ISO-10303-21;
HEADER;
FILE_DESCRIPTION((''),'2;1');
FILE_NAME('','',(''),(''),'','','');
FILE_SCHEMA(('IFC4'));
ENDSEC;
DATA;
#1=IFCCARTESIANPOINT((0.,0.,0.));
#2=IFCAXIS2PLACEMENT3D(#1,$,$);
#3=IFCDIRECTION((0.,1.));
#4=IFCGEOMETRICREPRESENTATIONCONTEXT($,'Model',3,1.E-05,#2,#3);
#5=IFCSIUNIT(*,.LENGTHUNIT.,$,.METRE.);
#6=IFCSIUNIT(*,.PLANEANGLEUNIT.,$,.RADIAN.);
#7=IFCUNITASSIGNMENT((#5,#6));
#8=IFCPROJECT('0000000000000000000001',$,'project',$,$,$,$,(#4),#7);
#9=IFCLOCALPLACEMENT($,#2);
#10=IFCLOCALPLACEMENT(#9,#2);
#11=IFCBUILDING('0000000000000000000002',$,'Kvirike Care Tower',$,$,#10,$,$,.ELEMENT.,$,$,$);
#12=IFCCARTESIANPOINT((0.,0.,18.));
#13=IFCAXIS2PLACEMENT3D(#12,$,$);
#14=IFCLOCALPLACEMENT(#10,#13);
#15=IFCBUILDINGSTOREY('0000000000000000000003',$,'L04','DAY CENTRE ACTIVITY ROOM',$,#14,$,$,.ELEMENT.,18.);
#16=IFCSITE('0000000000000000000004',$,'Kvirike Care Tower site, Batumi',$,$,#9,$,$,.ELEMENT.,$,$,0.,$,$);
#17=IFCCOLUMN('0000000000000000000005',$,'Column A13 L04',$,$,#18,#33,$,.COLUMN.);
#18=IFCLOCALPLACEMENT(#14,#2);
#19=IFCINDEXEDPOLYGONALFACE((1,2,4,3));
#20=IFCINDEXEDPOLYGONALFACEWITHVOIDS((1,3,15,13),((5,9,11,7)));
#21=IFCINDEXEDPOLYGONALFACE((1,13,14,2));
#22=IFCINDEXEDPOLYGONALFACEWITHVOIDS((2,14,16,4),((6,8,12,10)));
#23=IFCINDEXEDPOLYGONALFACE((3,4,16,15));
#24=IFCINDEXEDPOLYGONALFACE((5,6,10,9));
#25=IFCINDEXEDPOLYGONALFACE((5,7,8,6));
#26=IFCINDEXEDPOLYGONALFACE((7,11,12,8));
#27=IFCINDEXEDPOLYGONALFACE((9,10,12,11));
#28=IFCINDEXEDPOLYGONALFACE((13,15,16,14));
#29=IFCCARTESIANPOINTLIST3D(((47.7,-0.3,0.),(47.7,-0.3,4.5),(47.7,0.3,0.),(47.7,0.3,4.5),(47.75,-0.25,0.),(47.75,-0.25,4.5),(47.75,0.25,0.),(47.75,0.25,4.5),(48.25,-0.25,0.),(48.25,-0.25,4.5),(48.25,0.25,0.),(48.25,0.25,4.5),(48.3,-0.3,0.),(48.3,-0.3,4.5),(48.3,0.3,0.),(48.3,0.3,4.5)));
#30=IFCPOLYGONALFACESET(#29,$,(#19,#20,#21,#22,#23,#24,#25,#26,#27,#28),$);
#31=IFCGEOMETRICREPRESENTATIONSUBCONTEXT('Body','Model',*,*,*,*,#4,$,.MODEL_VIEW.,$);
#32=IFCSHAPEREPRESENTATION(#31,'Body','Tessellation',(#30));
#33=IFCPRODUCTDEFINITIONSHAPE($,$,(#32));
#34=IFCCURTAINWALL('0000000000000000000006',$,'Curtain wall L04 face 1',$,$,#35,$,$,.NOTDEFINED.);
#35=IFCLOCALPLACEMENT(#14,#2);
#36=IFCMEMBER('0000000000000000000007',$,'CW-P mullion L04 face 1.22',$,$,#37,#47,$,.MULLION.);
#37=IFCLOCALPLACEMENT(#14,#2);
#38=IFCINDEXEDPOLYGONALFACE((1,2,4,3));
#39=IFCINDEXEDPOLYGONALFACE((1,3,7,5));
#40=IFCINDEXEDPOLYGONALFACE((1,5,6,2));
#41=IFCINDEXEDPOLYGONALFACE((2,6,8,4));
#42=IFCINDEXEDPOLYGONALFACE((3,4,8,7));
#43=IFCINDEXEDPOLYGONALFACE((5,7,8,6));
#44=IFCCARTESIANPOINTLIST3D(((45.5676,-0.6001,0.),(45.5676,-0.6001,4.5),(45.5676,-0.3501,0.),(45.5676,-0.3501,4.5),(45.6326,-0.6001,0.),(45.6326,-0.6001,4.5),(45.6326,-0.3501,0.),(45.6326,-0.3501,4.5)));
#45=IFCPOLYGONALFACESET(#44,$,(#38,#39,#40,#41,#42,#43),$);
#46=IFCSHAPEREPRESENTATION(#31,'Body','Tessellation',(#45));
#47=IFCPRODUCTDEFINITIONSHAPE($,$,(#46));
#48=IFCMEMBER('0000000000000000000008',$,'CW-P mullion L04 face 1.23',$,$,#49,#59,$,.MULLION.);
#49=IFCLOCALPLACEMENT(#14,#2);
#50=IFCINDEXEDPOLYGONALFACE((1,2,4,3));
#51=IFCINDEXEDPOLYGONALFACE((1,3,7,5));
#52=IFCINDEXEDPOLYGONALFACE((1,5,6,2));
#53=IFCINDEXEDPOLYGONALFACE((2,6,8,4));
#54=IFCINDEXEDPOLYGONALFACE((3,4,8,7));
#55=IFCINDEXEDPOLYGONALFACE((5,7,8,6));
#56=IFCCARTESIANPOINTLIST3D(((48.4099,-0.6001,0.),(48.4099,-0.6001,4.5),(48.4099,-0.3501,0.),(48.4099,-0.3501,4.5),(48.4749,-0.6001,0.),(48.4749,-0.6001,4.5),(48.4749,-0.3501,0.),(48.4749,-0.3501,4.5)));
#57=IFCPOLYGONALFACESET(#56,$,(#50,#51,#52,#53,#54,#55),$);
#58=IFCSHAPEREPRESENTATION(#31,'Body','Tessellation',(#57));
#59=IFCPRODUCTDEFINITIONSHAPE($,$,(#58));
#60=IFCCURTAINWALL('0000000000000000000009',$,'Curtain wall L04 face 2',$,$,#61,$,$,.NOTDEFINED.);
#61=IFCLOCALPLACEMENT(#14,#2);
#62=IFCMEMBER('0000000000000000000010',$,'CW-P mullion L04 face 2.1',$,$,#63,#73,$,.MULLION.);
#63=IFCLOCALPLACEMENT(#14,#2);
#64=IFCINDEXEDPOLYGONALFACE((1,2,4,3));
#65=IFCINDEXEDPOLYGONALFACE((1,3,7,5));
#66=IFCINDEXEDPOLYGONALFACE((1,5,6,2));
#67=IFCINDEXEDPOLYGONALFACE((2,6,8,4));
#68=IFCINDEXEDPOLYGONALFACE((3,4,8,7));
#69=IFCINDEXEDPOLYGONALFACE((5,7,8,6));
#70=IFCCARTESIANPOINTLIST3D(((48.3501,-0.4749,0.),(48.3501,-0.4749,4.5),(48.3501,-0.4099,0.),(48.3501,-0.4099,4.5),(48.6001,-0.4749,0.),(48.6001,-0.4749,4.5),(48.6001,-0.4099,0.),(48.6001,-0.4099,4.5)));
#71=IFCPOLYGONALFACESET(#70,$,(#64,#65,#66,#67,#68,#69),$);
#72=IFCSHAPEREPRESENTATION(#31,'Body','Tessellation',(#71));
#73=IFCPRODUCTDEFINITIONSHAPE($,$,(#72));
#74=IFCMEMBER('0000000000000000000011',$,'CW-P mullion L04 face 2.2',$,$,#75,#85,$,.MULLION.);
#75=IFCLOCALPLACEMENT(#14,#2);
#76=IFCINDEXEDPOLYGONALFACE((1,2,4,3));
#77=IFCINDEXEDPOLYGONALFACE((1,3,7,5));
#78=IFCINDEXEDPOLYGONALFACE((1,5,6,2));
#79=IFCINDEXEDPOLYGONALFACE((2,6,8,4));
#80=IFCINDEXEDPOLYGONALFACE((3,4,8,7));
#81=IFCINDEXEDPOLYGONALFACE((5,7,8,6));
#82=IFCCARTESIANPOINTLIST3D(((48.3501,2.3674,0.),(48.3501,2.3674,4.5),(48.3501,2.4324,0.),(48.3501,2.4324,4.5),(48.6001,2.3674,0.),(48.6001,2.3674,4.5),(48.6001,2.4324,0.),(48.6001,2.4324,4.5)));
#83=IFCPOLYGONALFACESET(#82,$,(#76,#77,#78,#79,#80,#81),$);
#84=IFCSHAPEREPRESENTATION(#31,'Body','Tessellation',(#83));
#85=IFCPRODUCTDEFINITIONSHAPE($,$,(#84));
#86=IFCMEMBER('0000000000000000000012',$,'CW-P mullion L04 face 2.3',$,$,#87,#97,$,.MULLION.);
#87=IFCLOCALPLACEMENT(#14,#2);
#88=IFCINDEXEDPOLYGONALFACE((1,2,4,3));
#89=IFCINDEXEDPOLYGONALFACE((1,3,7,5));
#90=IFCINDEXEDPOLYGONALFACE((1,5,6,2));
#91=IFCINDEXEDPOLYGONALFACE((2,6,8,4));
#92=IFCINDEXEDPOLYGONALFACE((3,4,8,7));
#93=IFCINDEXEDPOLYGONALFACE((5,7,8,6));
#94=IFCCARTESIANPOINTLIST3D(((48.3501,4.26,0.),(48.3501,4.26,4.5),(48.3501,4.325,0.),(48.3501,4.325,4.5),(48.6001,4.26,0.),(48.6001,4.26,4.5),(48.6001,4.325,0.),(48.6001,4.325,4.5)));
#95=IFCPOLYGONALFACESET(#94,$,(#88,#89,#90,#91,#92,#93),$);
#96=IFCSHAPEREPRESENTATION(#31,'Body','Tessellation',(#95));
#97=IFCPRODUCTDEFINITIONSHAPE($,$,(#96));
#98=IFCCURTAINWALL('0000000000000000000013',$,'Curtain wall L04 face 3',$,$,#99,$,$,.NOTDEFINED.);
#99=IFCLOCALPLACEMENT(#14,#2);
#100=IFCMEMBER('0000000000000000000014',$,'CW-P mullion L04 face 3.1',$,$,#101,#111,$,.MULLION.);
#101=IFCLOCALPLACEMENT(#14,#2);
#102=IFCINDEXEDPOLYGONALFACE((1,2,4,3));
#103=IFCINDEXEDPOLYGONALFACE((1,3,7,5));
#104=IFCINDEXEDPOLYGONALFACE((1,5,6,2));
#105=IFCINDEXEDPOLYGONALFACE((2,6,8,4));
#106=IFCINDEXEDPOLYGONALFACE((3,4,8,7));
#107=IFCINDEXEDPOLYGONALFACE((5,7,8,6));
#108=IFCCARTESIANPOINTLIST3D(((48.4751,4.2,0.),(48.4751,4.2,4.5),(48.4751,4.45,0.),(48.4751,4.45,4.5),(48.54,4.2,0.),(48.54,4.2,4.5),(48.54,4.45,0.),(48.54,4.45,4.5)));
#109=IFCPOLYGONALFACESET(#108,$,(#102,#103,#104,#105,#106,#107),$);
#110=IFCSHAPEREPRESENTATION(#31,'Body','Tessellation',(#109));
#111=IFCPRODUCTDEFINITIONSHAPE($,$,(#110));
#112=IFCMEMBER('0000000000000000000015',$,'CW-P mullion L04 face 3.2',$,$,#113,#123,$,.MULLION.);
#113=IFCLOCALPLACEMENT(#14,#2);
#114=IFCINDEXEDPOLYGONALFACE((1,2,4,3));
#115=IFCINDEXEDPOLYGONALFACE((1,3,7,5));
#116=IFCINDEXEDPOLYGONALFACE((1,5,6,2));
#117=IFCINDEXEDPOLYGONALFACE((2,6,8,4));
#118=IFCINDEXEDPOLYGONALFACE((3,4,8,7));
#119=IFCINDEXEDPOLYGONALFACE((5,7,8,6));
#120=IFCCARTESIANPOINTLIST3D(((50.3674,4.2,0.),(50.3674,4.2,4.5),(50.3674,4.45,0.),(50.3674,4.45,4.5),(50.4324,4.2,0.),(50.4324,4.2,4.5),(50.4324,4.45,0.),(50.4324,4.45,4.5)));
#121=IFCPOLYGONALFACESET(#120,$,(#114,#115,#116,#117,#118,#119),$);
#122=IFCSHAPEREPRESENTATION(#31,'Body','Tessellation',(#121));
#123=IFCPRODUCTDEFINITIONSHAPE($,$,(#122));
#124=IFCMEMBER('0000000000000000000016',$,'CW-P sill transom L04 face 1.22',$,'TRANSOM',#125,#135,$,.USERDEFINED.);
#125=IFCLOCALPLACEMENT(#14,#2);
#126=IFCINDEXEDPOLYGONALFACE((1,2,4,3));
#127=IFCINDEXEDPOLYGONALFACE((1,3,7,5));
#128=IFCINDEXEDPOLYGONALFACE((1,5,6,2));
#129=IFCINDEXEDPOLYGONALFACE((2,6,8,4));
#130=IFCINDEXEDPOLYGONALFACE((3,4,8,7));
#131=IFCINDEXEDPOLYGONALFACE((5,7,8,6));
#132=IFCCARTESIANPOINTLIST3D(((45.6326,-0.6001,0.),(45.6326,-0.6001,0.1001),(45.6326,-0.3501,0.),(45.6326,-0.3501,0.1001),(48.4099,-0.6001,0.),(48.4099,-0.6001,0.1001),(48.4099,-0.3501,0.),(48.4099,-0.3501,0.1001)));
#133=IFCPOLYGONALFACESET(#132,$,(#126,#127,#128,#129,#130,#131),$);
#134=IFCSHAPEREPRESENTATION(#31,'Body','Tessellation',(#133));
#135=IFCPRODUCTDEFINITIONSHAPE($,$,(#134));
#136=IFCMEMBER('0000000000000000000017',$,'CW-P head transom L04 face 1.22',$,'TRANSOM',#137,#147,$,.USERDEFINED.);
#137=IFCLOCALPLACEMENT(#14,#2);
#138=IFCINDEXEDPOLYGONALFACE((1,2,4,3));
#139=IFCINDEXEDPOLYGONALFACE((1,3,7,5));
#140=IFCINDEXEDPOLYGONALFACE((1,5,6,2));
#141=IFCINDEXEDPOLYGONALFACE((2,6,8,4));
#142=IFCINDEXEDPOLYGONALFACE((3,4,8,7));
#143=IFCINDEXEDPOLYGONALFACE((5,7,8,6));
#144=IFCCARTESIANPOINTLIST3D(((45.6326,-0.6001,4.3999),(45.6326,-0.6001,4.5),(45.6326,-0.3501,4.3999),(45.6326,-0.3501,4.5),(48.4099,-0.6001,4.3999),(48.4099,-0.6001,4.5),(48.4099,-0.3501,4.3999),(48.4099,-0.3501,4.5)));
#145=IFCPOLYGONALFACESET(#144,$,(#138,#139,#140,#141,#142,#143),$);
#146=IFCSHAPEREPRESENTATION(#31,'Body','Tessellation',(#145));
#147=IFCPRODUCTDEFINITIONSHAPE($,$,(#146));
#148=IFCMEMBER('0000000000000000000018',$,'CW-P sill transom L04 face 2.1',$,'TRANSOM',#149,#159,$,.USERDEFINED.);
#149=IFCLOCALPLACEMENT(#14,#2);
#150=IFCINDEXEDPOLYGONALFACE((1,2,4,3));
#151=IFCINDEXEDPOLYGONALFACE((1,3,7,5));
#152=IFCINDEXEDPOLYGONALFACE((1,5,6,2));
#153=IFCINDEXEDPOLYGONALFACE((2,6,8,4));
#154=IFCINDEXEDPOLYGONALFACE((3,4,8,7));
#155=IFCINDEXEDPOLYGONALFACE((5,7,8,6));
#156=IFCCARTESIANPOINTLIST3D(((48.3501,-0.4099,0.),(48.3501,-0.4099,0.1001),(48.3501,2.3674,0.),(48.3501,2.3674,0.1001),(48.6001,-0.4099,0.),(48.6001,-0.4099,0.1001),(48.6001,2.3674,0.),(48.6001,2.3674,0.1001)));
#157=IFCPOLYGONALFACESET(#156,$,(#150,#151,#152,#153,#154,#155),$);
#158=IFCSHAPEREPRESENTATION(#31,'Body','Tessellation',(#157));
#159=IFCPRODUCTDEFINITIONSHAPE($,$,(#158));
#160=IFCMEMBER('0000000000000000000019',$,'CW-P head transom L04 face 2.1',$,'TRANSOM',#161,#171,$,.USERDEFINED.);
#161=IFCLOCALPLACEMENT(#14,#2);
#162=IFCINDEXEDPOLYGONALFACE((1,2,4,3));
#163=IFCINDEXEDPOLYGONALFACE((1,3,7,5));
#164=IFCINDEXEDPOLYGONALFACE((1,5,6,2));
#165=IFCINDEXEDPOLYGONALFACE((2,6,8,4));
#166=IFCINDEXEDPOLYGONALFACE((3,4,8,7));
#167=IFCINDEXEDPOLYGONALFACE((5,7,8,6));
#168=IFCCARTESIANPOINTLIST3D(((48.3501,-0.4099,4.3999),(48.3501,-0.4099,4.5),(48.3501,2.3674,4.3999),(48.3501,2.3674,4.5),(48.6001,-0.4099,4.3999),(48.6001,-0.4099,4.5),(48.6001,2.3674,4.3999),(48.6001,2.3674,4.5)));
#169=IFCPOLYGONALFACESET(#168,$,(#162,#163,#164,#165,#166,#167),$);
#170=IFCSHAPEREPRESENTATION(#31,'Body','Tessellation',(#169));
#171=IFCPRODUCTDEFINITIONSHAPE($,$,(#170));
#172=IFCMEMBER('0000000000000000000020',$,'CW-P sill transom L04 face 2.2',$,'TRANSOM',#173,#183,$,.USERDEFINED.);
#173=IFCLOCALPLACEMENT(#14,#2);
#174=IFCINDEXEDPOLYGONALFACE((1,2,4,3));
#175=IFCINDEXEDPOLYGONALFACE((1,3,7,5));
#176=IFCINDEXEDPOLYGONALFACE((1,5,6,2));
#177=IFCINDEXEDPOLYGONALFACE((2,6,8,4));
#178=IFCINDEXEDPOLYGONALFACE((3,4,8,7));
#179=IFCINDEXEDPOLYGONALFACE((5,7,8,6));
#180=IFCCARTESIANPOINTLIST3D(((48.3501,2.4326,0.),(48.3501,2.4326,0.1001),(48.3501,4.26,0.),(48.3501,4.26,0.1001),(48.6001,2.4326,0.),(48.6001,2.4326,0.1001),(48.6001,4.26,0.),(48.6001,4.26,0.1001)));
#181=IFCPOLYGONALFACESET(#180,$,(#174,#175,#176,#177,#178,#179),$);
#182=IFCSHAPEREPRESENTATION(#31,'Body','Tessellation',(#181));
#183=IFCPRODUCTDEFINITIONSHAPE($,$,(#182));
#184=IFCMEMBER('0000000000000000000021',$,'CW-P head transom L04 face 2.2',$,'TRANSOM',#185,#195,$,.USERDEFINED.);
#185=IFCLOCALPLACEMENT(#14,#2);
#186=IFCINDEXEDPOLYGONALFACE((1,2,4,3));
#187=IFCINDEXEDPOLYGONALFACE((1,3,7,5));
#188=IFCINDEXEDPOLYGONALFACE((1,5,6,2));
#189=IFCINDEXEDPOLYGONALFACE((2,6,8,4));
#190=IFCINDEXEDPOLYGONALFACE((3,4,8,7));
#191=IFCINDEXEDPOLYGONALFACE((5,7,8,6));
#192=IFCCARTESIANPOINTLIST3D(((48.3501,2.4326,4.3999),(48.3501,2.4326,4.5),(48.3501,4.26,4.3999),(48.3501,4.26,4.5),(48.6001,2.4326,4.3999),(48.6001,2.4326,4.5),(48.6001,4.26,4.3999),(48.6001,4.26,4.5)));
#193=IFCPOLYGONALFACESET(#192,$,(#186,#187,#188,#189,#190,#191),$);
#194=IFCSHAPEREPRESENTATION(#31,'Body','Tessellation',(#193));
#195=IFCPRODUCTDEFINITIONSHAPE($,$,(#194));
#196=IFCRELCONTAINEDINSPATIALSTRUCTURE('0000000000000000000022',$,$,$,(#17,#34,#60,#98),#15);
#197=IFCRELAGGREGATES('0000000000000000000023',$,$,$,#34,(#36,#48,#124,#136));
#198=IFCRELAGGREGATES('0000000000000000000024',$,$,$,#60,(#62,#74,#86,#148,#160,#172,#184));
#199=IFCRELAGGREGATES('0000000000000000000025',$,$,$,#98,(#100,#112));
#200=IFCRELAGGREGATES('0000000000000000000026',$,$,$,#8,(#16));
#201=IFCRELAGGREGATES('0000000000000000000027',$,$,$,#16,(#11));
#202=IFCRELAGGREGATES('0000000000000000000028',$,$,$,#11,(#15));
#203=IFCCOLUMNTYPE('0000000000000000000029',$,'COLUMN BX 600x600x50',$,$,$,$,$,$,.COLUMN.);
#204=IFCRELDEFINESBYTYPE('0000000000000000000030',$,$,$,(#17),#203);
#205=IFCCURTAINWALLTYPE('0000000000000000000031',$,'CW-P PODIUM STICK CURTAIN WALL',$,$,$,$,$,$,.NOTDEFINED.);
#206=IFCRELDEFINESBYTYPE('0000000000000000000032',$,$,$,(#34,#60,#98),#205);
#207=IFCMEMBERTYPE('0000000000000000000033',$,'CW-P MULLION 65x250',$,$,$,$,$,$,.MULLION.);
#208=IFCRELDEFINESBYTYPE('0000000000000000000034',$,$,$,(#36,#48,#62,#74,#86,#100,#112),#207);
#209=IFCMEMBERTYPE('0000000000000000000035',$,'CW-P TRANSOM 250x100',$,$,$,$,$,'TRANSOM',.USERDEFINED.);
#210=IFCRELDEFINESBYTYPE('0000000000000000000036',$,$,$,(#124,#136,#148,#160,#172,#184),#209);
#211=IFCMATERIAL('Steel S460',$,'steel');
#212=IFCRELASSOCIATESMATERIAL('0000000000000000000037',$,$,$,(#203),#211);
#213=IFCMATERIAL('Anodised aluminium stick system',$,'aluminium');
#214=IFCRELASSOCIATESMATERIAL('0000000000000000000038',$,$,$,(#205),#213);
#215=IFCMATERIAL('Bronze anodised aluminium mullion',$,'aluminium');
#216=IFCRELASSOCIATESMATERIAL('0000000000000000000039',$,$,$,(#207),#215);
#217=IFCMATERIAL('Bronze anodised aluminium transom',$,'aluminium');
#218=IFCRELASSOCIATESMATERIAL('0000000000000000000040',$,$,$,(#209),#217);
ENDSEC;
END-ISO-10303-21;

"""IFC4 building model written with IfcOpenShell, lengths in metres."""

from ifc_helpers import new_model, si_unit, direction, frame, origin, origin_2d, place, context, subcontext, project, spatial, rectangle, hollow_rectangle, extrude, material, material_profile, profile_set, type_object, element, aggregate, save


model = new_model("IFC4")

# Units and contexts
model_context = context("Model", 3, precision=1e-05, world=origin(), true_north=direction((0.0, 1.0)))
body_context = subcontext(model_context, "Body", "Model", "MODEL_VIEW")
ifc_project = project(units=[si_unit("LENGTHUNIT", "METRE"), si_unit("PLANEANGLEUNIT", "RADIAN")], contexts=[model_context])

# Site, building, storey
site_placement = place(None, origin())
site = spatial("IfcSite", under=ifc_project, at=site_placement, Name="Kvirike Care Tower site, Batumi", CompositionType="ELEMENT", RefElevation=0.0)
building_placement = place(site_placement, origin())
building = spatial("IfcBuilding", under=site, at=building_placement, Name="Kvirike Care Tower", CompositionType="ELEMENT")
storey_placement = place(building_placement, frame((0.0, 0.0, 18.0)))
storey = spatial("IfcBuildingStorey", under=building, at=storey_placement, Name="L04", Description="DAY CENTRE ACTIVITY ROOM", CompositionType="ELEMENT", Elevation=18.0)

# Column
ifc_material_1 = material(Name="Steel S460", Category="steel")
ifc_material_profile_1 = material_profile(ifc_material_1, hollow_rectangle(XDim=0.6001, YDim=0.6001, WallThickness=0.05, at=origin_2d()), Name="BX 600x600x50")
ifc_profile_set_1 = profile_set([ifc_material_profile_1], Name="Steel S460")
column_type = type_object("IfcColumnType", Name="COLUMN BX 600x600x50", PredefinedType="COLUMN", material=ifc_profile_set_1)
column_placement = place(storey_placement, frame((48.0, 0.0, 0.0), z_axis=(0.0, 0.0, 1.0), x_axis=(0.0, 1.0, 0.0)))
element("IfcColumn", 1, at=column_placement, inside=storey, type_object=column_type, Name="Column A13 L04", PredefinedType="COLUMN", context=body_context, shape_type="SweptSolid", body=[
    extrude(hollow_rectangle(XDim=0.6001, YDim=0.6001, WallThickness=0.05, at=origin_2d()), origin(), (0.0, 0.0, 1.0), 4.5),
])

# Curtain walls, members
ifc_material_2 = material(Name="Anodised aluminium stick system", Category="aluminium")
curtain_wall_type = type_object("IfcCurtainWallType", Name="CW-P PODIUM STICK CURTAIN WALL", PredefinedType="NOTDEFINED", material=ifc_material_2)
curtain_wall_1_placement = place(storey_placement, origin())
curtain_wall_1 = element("IfcCurtainWall", 2, at=curtain_wall_1_placement, inside=storey, type_object=curtain_wall_type, Name="Curtain wall L04 face 1", PredefinedType="NOTDEFINED")
ifc_material_3 = material(Name="Bronze anodised aluminium mullion", Category="aluminium")
ifc_material_profile_2 = material_profile(ifc_material_3, rectangle(XDim=0.0649, YDim=0.25, at=origin_2d()), Name="CW-P MULLION 65x250")
ifc_profile_set_2 = profile_set([ifc_material_profile_2], Name="Bronze anodised aluminium mullion")
member_type_1 = type_object("IfcMemberType", Name="CW-P MULLION 65x250", PredefinedType="MULLION", material=ifc_profile_set_2)
member_1_placement = place(storey_placement, frame((45.6001, -0.4751, 0.0), z_axis=(0.0, 0.0, 1.0), x_axis=(1.0, 0.0, 0.0)))
member_1 = element("IfcMember", 3, at=member_1_placement, type_object=member_type_1, Name="CW-P mullion L04 face 1.22", PredefinedType="MULLION", context=body_context, shape_type="SweptSolid", body=[
    extrude(rectangle(XDim=0.0649, YDim=0.25, at=origin_2d()), origin(), (0.0, 0.0, 1.0), 4.5),
])
member_2_placement = place(storey_placement, frame((48.4424, -0.4751, 0.0), z_axis=(0.0, 0.0, 1.0), x_axis=(1.0, 0.0, 0.0)))
member_2 = element("IfcMember", 4, at=member_2_placement, type_object=member_type_1, Name="CW-P mullion L04 face 1.23", PredefinedType="MULLION", context=body_context, shape_type="SweptSolid", body=[
    extrude(rectangle(XDim=0.0649, YDim=0.25, at=origin_2d()), origin(), (0.0, 0.0, 1.0), 4.5),
])
curtain_wall_2_placement = place(storey_placement, origin())
curtain_wall_2 = element("IfcCurtainWall", 5, at=curtain_wall_2_placement, inside=storey, type_object=curtain_wall_type, Name="Curtain wall L04 face 2", PredefinedType="NOTDEFINED")
member_3_placement = place(storey_placement, frame((48.4751, -0.4424, 0.0), z_axis=(0.0, 0.0, 1.0), x_axis=(0.0, 1.0, 0.0)))
member_3 = element("IfcMember", 6, at=member_3_placement, type_object=member_type_1, Name="CW-P mullion L04 face 2.1", PredefinedType="MULLION", context=body_context, shape_type="SweptSolid", body=[
    extrude(rectangle(XDim=0.0649, YDim=0.25, at=origin_2d()), origin(), (0.0, 0.0, 1.0), 4.5),
])
member_4_placement = place(storey_placement, frame((48.4751, 2.3999, 0.0), z_axis=(0.0, 0.0, 1.0), x_axis=(0.0, 1.0, 0.0)))
member_4 = element("IfcMember", 7, at=member_4_placement, type_object=member_type_1, Name="CW-P mullion L04 face 2.2", PredefinedType="MULLION", context=body_context, shape_type="SweptSolid", body=[
    extrude(rectangle(XDim=0.0649, YDim=0.25, at=origin_2d()), origin(), (0.0, 0.0, 1.0), 4.5),
])
member_5_placement = place(storey_placement, frame((48.4751, 4.2925, 0.0), z_axis=(0.0, 0.0, 1.0), x_axis=(0.0, 1.0, 0.0)))
member_5 = element("IfcMember", 8, at=member_5_placement, type_object=member_type_1, Name="CW-P mullion L04 face 2.3", PredefinedType="MULLION", context=body_context, shape_type="SweptSolid", body=[
    extrude(rectangle(XDim=0.0649, YDim=0.25, at=origin_2d()), origin(), (0.0, 0.0, 1.0), 4.5),
])
curtain_wall_3_placement = place(storey_placement, origin())
curtain_wall_3 = element("IfcCurtainWall", 9, at=curtain_wall_3_placement, inside=storey, type_object=curtain_wall_type, Name="Curtain wall L04 face 3", PredefinedType="NOTDEFINED")
member_6_placement = place(storey_placement, frame((48.5076, 4.325, 0.0), z_axis=(0.0, 0.0, 1.0), x_axis=(1.0, 0.0, 0.0)))
member_6 = element("IfcMember", 10, at=member_6_placement, type_object=member_type_1, Name="CW-P mullion L04 face 3.1", PredefinedType="MULLION", context=body_context, shape_type="SweptSolid", body=[
    extrude(rectangle(XDim=0.0649, YDim=0.25, at=origin_2d()), origin(), (0.0, 0.0, 1.0), 4.5),
])
member_7_placement = place(storey_placement, frame((50.3999, 4.325, 0.0), z_axis=(0.0, 0.0, 1.0), x_axis=(1.0, 0.0, 0.0)))
member_7 = element("IfcMember", 11, at=member_7_placement, type_object=member_type_1, Name="CW-P mullion L04 face 3.2", PredefinedType="MULLION", context=body_context, shape_type="SweptSolid", body=[
    extrude(rectangle(XDim=0.0649, YDim=0.25, at=origin_2d()), origin(), (0.0, 0.0, 1.0), 4.5),
])

# Members
ifc_material_4 = material(Name="Bronze anodised aluminium transom", Category="aluminium")
ifc_material_profile_3 = material_profile(ifc_material_4, rectangle(XDim=0.25, YDim=0.1001, at=origin_2d()), Name="CW-P TRANSOM 250x100")
ifc_profile_set_3 = profile_set([ifc_material_profile_3], Name="Bronze anodised aluminium transom")
member_type_2 = type_object("IfcMemberType", Name="CW-P TRANSOM 250x100", ElementType="TRANSOM", PredefinedType="USERDEFINED", material=ifc_profile_set_3)
member_8_placement = place(storey_placement, frame((45.6326, -0.4751, 0.05), z_axis=(1.0, 0.0, 0.0), x_axis=(0.0, 1.0, 0.0)))
member_8 = element("IfcMember", 12, at=member_8_placement, type_object=member_type_2, Name="CW-P sill transom L04 face 1.22", ObjectType="TRANSOM", PredefinedType="USERDEFINED", context=body_context, shape_type="SweptSolid", body=[
    extrude(rectangle(XDim=0.25, YDim=0.1001, at=origin_2d()), origin(), (0.0, 0.0, 1.0), 2.7773),
])
member_9_placement = place(storey_placement, frame((45.6326, -0.4751, 4.45), z_axis=(1.0, 0.0, 0.0), x_axis=(0.0, 1.0, 0.0)))
member_9 = element("IfcMember", 13, at=member_9_placement, type_object=member_type_2, Name="CW-P head transom L04 face 1.22", ObjectType="TRANSOM", PredefinedType="USERDEFINED", context=body_context, shape_type="SweptSolid", body=[
    extrude(rectangle(XDim=0.25, YDim=0.1001, at=origin_2d()), origin(), (0.0, 0.0, 1.0), 2.7773),
])
member_10_placement = place(storey_placement, frame((48.4751, -0.4099, 0.05), z_axis=(0.0, 1.0, 0.0), x_axis=(-1.0, 0.0, 0.0)))
member_10 = element("IfcMember", 14, at=member_10_placement, type_object=member_type_2, Name="CW-P sill transom L04 face 2.1", ObjectType="TRANSOM", PredefinedType="USERDEFINED", context=body_context, shape_type="SweptSolid", body=[
    extrude(rectangle(XDim=0.25, YDim=0.1001, at=origin_2d()), origin(), (0.0, 0.0, 1.0), 2.7773),
])
member_11_placement = place(storey_placement, frame((48.4751, -0.4099, 4.45), z_axis=(0.0, 1.0, 0.0), x_axis=(-1.0, 0.0, 0.0)))
member_11 = element("IfcMember", 15, at=member_11_placement, type_object=member_type_2, Name="CW-P head transom L04 face 2.1", ObjectType="TRANSOM", PredefinedType="USERDEFINED", context=body_context, shape_type="SweptSolid", body=[
    extrude(rectangle(XDim=0.25, YDim=0.1001, at=origin_2d()), origin(), (0.0, 0.0, 1.0), 2.7773),
])
member_12_placement = place(storey_placement, frame((48.4751, 2.4326, 0.05), z_axis=(0.0, 1.0, 0.0), x_axis=(-1.0, 0.0, 0.0)))
member_12 = element("IfcMember", 16, at=member_12_placement, type_object=member_type_2, Name="CW-P sill transom L04 face 2.2", ObjectType="TRANSOM", PredefinedType="USERDEFINED", context=body_context, shape_type="SweptSolid", body=[
    extrude(rectangle(XDim=0.25, YDim=0.1001, at=origin_2d()), origin(), (0.0, 0.0, 1.0), 1.8274),
])
member_13_placement = place(storey_placement, frame((48.4751, 2.4326, 4.45), z_axis=(0.0, 1.0, 0.0), x_axis=(-1.0, 0.0, 0.0)))
member_13 = element("IfcMember", 17, at=member_13_placement, type_object=member_type_2, Name="CW-P head transom L04 face 2.2", ObjectType="TRANSOM", PredefinedType="USERDEFINED", context=body_context, shape_type="SweptSolid", body=[
    extrude(rectangle(XDim=0.25, YDim=0.1001, at=origin_2d()), origin(), (0.0, 0.0, 1.0), 1.8274),
])

aggregate(curtain_wall_1, [member_1, member_2, member_8, member_9])
aggregate(curtain_wall_2, [member_3, member_4, member_5, member_10, member_11, member_12, member_13])
aggregate(curtain_wall_3, [member_6, member_7])

save(model, "model.ifc")
